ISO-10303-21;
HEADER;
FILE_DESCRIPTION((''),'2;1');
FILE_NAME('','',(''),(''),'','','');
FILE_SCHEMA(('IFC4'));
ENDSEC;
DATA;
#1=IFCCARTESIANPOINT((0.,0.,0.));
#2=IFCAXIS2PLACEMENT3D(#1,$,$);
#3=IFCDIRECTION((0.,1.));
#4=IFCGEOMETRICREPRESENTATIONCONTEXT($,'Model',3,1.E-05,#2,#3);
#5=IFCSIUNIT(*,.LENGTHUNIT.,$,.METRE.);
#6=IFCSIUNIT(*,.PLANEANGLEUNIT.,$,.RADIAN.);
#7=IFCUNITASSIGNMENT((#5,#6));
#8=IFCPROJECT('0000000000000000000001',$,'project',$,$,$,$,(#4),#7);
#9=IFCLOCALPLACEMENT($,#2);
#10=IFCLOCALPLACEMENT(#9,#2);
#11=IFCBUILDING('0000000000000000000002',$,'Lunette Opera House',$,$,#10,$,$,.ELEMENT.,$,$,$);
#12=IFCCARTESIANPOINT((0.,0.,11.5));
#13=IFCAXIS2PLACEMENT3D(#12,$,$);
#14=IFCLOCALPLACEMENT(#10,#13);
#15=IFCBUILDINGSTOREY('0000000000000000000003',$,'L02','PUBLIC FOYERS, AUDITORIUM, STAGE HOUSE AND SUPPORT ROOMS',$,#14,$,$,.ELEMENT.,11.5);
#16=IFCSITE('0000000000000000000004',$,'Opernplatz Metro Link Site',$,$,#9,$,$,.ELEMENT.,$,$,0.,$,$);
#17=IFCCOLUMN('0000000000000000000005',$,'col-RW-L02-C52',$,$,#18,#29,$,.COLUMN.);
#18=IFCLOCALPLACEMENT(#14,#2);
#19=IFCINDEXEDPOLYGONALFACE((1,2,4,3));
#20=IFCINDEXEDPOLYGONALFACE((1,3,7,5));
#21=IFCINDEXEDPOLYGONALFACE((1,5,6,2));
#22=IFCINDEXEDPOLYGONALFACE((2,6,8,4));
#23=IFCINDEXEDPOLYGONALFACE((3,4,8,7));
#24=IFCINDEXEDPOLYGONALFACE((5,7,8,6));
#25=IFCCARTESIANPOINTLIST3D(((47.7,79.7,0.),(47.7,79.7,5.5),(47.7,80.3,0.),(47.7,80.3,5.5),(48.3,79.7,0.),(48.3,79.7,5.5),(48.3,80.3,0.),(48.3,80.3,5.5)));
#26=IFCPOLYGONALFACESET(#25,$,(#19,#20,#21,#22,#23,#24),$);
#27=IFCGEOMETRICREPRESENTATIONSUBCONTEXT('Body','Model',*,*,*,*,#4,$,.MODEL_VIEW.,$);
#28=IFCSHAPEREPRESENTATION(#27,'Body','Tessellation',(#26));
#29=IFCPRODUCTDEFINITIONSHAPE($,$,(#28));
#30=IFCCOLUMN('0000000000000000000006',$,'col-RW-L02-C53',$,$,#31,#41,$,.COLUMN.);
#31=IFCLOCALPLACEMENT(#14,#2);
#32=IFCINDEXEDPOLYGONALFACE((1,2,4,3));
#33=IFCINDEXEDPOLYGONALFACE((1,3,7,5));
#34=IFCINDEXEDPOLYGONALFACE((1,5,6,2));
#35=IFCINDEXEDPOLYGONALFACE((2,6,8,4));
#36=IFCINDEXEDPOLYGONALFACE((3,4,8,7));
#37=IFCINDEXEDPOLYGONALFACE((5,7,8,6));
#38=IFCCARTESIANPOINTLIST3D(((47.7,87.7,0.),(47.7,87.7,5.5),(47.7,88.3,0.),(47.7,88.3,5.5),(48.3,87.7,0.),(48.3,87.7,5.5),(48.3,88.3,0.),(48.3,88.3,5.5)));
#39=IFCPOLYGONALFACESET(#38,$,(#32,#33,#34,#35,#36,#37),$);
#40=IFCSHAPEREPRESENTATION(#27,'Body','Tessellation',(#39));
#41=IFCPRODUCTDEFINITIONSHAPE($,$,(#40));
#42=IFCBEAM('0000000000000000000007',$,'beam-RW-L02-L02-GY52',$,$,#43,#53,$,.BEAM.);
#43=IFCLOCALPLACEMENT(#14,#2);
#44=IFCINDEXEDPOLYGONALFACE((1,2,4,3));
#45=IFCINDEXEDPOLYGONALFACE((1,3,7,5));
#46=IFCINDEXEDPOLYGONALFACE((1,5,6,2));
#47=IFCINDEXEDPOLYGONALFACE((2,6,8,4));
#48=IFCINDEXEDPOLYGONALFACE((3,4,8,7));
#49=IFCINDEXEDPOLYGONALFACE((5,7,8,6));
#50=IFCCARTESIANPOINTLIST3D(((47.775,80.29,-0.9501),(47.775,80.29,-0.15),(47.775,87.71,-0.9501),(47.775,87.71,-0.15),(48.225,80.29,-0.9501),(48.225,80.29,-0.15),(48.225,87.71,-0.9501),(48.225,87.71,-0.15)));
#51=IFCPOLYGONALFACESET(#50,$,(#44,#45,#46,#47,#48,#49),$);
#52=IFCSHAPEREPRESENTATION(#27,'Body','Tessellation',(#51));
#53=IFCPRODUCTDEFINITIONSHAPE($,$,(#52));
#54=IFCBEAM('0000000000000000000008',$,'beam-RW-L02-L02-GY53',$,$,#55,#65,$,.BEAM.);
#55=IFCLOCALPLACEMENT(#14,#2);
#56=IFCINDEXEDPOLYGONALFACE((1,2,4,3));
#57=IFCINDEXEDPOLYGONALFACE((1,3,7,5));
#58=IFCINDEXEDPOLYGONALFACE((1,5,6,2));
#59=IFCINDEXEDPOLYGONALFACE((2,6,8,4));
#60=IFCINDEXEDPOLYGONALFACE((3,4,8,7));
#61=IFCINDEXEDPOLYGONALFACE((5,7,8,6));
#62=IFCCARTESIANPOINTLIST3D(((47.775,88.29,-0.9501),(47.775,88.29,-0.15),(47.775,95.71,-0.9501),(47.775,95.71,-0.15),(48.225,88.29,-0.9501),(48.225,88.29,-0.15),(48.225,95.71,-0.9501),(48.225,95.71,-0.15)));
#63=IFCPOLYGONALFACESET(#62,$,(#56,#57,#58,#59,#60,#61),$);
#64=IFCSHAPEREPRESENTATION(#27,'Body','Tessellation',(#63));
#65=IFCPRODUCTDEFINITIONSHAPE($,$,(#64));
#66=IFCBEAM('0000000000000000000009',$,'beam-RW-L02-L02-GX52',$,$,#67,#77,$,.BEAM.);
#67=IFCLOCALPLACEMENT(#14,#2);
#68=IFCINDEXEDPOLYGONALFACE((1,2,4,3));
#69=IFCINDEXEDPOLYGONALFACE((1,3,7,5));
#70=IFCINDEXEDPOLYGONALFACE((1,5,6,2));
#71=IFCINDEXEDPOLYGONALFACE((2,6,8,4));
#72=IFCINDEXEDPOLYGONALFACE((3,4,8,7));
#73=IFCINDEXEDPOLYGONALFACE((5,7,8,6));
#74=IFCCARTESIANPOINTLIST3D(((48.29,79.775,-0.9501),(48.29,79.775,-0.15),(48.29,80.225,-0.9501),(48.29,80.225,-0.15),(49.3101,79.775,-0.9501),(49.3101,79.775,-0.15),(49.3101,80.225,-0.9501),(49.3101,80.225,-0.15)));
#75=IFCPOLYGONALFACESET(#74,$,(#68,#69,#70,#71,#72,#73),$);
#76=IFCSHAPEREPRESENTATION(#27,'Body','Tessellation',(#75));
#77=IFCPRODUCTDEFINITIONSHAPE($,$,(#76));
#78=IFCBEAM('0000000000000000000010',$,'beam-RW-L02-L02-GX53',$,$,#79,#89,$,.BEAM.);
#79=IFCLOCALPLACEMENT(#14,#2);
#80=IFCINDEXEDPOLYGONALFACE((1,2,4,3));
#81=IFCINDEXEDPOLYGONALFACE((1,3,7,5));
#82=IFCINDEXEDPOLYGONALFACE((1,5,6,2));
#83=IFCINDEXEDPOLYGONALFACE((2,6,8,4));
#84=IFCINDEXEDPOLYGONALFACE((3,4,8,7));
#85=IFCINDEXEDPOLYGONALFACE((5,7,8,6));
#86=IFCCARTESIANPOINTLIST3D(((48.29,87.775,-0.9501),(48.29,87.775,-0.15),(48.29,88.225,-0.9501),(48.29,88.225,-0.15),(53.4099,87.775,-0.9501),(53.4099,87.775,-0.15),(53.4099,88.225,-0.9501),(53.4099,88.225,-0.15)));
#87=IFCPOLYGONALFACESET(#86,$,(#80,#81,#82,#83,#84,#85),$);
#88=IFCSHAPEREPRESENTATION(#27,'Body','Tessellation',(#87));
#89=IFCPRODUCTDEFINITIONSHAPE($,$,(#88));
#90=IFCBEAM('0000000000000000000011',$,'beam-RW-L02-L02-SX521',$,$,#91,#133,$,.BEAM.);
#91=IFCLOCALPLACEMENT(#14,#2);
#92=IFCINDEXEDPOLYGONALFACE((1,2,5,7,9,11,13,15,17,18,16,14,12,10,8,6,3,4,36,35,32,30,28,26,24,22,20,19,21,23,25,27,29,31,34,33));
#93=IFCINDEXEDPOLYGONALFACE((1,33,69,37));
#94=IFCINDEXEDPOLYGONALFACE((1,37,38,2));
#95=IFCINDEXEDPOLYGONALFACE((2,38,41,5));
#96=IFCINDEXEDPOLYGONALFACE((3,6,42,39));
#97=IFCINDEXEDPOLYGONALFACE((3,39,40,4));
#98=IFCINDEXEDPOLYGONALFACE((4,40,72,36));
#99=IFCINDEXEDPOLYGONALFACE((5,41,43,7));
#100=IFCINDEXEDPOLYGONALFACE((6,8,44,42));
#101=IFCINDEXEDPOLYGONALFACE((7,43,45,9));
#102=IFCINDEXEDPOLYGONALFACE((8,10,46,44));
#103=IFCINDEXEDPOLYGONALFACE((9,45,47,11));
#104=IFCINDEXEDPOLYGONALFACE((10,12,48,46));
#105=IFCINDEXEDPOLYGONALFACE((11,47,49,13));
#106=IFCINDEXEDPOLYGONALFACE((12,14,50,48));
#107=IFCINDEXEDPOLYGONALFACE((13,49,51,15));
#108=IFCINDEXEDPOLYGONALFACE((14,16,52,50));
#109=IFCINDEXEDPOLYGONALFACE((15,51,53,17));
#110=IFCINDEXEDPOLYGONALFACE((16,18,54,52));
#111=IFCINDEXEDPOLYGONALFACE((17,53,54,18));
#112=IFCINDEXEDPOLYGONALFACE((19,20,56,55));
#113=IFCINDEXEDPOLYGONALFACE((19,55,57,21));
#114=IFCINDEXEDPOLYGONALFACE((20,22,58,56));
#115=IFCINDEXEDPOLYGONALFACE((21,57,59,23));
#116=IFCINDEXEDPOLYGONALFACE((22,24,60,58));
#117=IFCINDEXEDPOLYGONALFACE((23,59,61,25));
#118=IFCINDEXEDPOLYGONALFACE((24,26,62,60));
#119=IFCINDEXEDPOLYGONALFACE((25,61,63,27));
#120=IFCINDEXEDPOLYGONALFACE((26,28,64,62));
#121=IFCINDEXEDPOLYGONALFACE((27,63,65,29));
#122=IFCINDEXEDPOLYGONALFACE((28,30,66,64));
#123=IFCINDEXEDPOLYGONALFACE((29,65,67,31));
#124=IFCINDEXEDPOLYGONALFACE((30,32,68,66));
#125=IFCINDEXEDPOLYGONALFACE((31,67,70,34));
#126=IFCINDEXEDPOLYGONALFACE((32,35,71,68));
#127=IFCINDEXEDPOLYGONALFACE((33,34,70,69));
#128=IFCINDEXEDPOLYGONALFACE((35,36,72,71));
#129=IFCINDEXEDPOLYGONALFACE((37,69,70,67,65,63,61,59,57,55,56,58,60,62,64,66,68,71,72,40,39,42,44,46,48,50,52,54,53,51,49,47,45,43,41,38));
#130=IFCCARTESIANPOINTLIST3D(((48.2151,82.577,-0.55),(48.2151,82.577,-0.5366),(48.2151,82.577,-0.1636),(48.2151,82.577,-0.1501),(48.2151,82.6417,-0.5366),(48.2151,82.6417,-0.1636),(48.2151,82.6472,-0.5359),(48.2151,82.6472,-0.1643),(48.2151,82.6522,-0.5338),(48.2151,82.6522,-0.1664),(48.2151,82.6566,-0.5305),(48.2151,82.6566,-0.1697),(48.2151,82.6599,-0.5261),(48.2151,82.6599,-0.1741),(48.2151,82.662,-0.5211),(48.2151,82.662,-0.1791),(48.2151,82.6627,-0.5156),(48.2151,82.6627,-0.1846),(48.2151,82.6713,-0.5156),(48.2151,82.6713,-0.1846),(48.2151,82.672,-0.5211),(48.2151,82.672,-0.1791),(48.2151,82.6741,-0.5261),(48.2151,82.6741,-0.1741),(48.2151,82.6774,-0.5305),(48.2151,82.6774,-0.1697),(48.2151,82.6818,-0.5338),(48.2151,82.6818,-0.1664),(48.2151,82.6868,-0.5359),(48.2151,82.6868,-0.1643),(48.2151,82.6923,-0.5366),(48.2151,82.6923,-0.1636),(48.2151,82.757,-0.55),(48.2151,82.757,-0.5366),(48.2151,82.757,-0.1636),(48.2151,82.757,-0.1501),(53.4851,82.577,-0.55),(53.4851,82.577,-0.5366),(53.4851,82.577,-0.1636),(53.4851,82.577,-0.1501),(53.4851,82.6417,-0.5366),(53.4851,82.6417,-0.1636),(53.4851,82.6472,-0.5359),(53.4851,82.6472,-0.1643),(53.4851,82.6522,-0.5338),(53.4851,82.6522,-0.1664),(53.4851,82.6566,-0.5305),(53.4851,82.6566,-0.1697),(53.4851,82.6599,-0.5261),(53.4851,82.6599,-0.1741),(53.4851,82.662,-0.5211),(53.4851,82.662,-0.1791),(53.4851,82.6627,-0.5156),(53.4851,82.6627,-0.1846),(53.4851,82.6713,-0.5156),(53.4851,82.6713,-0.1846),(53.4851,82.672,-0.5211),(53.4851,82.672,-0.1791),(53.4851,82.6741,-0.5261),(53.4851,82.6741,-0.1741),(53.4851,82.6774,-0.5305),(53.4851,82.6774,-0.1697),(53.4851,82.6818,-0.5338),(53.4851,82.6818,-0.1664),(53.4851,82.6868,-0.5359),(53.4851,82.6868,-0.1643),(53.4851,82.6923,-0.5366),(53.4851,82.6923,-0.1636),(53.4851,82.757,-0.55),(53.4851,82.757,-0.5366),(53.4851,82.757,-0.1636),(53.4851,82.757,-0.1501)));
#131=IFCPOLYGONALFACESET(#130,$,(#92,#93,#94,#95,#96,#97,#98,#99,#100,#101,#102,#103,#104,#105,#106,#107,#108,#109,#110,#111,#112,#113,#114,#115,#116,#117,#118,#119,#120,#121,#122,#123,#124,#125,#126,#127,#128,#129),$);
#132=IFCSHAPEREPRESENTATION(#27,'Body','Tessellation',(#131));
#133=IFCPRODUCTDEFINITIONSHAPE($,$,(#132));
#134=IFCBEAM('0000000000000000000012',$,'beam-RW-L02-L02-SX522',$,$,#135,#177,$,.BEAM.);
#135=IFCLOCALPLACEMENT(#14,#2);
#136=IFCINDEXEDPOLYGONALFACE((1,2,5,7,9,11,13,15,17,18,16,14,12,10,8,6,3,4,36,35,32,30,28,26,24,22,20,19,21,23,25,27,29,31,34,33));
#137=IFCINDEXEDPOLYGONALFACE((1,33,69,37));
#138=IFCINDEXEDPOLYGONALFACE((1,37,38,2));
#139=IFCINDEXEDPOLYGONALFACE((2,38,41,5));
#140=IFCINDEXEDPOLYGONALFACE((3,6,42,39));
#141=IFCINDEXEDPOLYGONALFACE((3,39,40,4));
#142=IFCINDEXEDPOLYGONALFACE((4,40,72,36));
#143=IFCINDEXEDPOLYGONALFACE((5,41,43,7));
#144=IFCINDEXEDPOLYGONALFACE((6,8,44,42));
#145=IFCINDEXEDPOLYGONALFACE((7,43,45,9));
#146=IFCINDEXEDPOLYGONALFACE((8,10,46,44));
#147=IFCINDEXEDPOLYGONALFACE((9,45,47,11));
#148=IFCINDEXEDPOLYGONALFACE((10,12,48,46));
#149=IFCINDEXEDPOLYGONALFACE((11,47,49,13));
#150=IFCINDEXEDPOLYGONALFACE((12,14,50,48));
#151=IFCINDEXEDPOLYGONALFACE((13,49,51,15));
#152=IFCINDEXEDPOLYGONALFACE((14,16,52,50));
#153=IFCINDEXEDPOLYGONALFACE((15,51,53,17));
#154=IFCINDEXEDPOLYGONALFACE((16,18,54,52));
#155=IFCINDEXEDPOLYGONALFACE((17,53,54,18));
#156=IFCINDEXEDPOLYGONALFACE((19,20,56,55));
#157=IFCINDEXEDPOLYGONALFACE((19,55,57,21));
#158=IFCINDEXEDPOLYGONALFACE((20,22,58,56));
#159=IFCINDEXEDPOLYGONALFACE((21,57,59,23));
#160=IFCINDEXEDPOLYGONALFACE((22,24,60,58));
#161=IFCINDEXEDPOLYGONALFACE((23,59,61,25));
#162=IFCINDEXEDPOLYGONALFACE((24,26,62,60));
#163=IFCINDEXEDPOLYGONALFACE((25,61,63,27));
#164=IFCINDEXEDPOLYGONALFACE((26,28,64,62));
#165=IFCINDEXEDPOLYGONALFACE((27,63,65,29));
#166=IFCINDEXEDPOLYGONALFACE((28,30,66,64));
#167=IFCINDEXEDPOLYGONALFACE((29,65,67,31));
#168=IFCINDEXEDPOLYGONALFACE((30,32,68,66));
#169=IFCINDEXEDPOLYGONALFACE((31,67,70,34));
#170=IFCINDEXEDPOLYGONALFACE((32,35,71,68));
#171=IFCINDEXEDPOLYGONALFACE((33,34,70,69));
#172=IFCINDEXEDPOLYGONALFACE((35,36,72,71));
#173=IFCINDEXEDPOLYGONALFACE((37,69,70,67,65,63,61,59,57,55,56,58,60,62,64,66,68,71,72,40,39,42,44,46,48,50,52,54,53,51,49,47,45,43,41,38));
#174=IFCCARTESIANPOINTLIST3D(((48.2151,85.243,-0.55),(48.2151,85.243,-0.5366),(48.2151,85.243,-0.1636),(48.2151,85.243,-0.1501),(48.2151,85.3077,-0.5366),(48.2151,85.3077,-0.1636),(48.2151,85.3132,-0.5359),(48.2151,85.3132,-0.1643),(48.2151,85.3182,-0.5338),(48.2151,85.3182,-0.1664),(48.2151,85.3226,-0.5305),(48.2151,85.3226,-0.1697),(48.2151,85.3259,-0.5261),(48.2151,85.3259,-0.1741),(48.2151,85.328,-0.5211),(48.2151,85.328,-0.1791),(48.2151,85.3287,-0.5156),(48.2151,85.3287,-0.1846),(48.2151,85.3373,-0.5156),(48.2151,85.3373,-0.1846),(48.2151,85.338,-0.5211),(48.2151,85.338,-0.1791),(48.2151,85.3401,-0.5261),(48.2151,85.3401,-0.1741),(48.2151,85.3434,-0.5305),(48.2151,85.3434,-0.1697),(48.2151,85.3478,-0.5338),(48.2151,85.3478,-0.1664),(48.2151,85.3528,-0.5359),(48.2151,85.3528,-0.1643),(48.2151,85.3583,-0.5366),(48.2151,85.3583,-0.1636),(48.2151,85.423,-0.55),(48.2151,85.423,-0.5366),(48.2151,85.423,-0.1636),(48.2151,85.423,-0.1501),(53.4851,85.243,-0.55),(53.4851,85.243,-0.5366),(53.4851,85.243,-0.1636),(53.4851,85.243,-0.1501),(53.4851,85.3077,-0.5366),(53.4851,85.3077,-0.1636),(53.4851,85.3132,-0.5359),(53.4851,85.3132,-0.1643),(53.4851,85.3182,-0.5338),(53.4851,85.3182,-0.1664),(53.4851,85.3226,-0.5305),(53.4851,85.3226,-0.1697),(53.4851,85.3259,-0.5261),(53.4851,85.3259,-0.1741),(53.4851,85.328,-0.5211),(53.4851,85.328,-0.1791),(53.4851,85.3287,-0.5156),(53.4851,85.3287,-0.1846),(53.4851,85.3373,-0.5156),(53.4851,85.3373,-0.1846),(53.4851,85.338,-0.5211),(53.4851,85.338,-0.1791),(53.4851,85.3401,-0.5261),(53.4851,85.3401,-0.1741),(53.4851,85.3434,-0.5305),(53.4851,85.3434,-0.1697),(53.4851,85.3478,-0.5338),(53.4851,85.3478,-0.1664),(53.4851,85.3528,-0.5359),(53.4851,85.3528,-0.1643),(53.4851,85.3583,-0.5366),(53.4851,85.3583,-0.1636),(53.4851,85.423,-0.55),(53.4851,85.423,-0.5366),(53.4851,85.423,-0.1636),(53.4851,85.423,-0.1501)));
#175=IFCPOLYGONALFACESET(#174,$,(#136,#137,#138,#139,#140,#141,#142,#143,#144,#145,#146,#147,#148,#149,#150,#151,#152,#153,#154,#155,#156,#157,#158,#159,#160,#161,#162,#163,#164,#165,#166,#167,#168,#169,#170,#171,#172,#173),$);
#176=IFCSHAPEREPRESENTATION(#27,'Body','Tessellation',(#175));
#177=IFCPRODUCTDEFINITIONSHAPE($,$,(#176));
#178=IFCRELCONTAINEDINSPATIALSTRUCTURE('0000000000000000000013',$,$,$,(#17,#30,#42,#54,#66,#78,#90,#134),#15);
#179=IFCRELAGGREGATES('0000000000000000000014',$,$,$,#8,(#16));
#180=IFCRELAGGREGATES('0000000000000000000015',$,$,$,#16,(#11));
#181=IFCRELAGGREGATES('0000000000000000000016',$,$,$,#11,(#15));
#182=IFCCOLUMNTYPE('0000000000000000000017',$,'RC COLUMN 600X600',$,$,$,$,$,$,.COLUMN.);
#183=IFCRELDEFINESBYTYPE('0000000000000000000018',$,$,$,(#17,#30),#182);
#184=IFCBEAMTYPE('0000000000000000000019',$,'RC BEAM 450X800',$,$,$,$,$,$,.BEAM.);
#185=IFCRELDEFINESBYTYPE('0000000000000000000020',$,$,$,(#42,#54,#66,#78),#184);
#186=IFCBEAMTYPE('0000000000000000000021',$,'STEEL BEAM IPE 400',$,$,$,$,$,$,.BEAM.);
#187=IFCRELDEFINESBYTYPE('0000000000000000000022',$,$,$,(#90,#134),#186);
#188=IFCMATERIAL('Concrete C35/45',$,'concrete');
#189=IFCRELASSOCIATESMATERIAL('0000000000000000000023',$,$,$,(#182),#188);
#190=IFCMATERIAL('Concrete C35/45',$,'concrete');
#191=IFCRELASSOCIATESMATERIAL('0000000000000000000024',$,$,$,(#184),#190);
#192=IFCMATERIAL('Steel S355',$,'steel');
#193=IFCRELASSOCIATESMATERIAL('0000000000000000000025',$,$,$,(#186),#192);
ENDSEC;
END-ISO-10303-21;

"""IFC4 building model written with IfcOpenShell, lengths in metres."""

from ifc_helpers import new_model, si_unit, direction, frame, origin, origin_2d, place, context, subcontext, project, spatial, rectangle, i_section, extrude, material, material_profile, profile_set, type_object, element, save


model = new_model("IFC4")

# Units and contexts
model_context = context("Model", 3, precision=1e-05, world=origin(), true_north=direction((0.0, 1.0)))
body_context = subcontext(model_context, "Body", "Model", "MODEL_VIEW")
ifc_project = project(units=[si_unit("LENGTHUNIT", "METRE"), si_unit("PLANEANGLEUNIT", "RADIAN")], contexts=[model_context])

# Site, building, storey
site_placement = place(None, origin())
site = spatial("IfcSite", under=ifc_project, at=site_placement, Name="Opernplatz Metro Link Site", CompositionType="ELEMENT", RefElevation=0.0)
building_placement = place(site_placement, origin())
building = spatial("IfcBuilding", under=site, at=building_placement, Name="Lunette Opera House", CompositionType="ELEMENT")
storey_placement = place(building_placement, frame((0.0, 0.0, 11.5)))
storey = spatial("IfcBuildingStorey", under=building, at=storey_placement, Name="L02", Description="PUBLIC FOYERS, AUDITORIUM, STAGE HOUSE AND SUPPORT ROOMS", CompositionType="ELEMENT", Elevation=11.5)

# Columns
ifc_material_1 = material(Name="Concrete C35/45", Category="concrete")
ifc_material_profile_1 = material_profile(ifc_material_1, rectangle(XDim=0.6001, YDim=0.6001, at=origin_2d()), Name="RC COLUMN 600X600")
ifc_profile_set_1 = profile_set([ifc_material_profile_1], Name="Concrete C35/45")
column_type = type_object("IfcColumnType", Name="RC COLUMN 600X600", PredefinedType="COLUMN", material=ifc_profile_set_1)
for number, where, z_axis, x_axis, name in (
    (1, (48.0, 80.0, 0.0), (0.0, 0.0, 1.0), (1.0, 0.0, 0.0), "col-RW-L02-C52"),
    (2, (48.0, 88.0, 0.0), (0.0, 0.0, 1.0), (1.0, 0.0, 0.0), "col-RW-L02-C53"),
):
    element("IfcColumn", number, at=place(storey_placement, frame(where, z_axis=z_axis, x_axis=x_axis)), inside=storey, type_object=column_type, Name=name, PredefinedType="COLUMN", context=body_context, shape_type="SweptSolid", body=[
        extrude(rectangle(XDim=0.6001, YDim=0.6001, at=origin_2d()), origin(), (0.0, 0.0, 1.0), 5.5),
    ])

# Beams
ifc_material_2 = material(Name="Concrete C35/45", Category="concrete")
ifc_material_profile_2 = material_profile(ifc_material_2, rectangle(XDim=0.45, YDim=0.8, at=origin_2d()), Name="RC BEAM 450X800")
ifc_profile_set_2 = profile_set([ifc_material_profile_2], Name="Concrete C35/45")
beam_type_1 = type_object("IfcBeamType", Name="RC BEAM 450X800", PredefinedType="BEAM", material=ifc_profile_set_2)
for number, where, z_axis, x_axis, name in (
    (3, (48.0, 80.29, -0.55), (0.0, 1.0, 0.0), (-1.0, 0.0, 0.0), "beam-RW-L02-L02-GY52"),
    (4, (48.0, 88.29, -0.55), (0.0, 1.0, 0.0), (-1.0, 0.0, 0.0), "beam-RW-L02-L02-GY53"),
):
    element("IfcBeam", number, at=place(storey_placement, frame(where, z_axis=z_axis, x_axis=x_axis)), inside=storey, type_object=beam_type_1, Name=name, PredefinedType="BEAM", context=body_context, shape_type="SweptSolid", body=[
        extrude(rectangle(XDim=0.45, YDim=0.8, at=origin_2d()), origin(), (0.0, 0.0, 1.0), 7.4199),
    ])
beam_1_placement = place(storey_placement, frame((48.29, 80.0, -0.55), z_axis=(1.0, 0.0, 0.0), x_axis=(0.0, 1.0, 0.0)))
element("IfcBeam", 5, at=beam_1_placement, inside=storey, type_object=beam_type_1, Name="beam-RW-L02-L02-GX52", PredefinedType="BEAM", context=body_context, shape_type="SweptSolid", body=[
    extrude(rectangle(XDim=0.45, YDim=0.8, at=origin_2d()), origin(), (0.0, 0.0, 1.0), 1.02),
])
beam_2_placement = place(storey_placement, frame((48.29, 88.0, -0.55), z_axis=(1.0, 0.0, 0.0), x_axis=(0.0, 1.0, 0.0)))
element("IfcBeam", 6, at=beam_2_placement, inside=storey, type_object=beam_type_1, Name="beam-RW-L02-L02-GX53", PredefinedType="BEAM", context=body_context, shape_type="SweptSolid", body=[
    extrude(rectangle(XDim=0.45, YDim=0.8, at=origin_2d()), origin(), (0.0, 0.0, 1.0), 5.1199),
])
ifc_material_3 = material(Name="Steel S355", Category="steel")
ifc_material_profile_3 = material_profile(ifc_material_3, i_section(OverallWidth=0.1799, OverallDepth=0.3999, WebThickness=0.0085, FlangeThickness=0.0134, FilletRadius=0.021, at=origin_2d()), Name="IPE 400")
ifc_profile_set_3 = profile_set([ifc_material_profile_3], Name="Steel S355")
beam_type_2 = type_object("IfcBeamType", Name="STEEL BEAM IPE 400", PredefinedType="BEAM", material=ifc_profile_set_3)
for number, where, z_axis, x_axis, name in (
    (7, (48.2151, 82.667, -0.3501), (1.0, 0.0, 0.0), (0.0, 1.0, 0.0), "beam-RW-L02-L02-SX521"),
    (8, (48.2151, 85.333, -0.3501), (1.0, 0.0, 0.0), (0.0, 1.0, 0.0), "beam-RW-L02-L02-SX522"),
):
    element("IfcBeam", number, at=place(storey_placement, frame(where, z_axis=z_axis, x_axis=x_axis)), inside=storey, type_object=beam_type_2, Name=name, PredefinedType="BEAM", context=body_context, shape_type="SweptSolid", body=[
        extrude(i_section(OverallWidth=0.1799, OverallDepth=0.3999, WebThickness=0.0085, FlangeThickness=0.0134, FilletRadius=0.021, at=origin_2d()), origin(), (0.0, 0.0, 1.0), 5.27),
    ])

save(model, "model.ifc")
